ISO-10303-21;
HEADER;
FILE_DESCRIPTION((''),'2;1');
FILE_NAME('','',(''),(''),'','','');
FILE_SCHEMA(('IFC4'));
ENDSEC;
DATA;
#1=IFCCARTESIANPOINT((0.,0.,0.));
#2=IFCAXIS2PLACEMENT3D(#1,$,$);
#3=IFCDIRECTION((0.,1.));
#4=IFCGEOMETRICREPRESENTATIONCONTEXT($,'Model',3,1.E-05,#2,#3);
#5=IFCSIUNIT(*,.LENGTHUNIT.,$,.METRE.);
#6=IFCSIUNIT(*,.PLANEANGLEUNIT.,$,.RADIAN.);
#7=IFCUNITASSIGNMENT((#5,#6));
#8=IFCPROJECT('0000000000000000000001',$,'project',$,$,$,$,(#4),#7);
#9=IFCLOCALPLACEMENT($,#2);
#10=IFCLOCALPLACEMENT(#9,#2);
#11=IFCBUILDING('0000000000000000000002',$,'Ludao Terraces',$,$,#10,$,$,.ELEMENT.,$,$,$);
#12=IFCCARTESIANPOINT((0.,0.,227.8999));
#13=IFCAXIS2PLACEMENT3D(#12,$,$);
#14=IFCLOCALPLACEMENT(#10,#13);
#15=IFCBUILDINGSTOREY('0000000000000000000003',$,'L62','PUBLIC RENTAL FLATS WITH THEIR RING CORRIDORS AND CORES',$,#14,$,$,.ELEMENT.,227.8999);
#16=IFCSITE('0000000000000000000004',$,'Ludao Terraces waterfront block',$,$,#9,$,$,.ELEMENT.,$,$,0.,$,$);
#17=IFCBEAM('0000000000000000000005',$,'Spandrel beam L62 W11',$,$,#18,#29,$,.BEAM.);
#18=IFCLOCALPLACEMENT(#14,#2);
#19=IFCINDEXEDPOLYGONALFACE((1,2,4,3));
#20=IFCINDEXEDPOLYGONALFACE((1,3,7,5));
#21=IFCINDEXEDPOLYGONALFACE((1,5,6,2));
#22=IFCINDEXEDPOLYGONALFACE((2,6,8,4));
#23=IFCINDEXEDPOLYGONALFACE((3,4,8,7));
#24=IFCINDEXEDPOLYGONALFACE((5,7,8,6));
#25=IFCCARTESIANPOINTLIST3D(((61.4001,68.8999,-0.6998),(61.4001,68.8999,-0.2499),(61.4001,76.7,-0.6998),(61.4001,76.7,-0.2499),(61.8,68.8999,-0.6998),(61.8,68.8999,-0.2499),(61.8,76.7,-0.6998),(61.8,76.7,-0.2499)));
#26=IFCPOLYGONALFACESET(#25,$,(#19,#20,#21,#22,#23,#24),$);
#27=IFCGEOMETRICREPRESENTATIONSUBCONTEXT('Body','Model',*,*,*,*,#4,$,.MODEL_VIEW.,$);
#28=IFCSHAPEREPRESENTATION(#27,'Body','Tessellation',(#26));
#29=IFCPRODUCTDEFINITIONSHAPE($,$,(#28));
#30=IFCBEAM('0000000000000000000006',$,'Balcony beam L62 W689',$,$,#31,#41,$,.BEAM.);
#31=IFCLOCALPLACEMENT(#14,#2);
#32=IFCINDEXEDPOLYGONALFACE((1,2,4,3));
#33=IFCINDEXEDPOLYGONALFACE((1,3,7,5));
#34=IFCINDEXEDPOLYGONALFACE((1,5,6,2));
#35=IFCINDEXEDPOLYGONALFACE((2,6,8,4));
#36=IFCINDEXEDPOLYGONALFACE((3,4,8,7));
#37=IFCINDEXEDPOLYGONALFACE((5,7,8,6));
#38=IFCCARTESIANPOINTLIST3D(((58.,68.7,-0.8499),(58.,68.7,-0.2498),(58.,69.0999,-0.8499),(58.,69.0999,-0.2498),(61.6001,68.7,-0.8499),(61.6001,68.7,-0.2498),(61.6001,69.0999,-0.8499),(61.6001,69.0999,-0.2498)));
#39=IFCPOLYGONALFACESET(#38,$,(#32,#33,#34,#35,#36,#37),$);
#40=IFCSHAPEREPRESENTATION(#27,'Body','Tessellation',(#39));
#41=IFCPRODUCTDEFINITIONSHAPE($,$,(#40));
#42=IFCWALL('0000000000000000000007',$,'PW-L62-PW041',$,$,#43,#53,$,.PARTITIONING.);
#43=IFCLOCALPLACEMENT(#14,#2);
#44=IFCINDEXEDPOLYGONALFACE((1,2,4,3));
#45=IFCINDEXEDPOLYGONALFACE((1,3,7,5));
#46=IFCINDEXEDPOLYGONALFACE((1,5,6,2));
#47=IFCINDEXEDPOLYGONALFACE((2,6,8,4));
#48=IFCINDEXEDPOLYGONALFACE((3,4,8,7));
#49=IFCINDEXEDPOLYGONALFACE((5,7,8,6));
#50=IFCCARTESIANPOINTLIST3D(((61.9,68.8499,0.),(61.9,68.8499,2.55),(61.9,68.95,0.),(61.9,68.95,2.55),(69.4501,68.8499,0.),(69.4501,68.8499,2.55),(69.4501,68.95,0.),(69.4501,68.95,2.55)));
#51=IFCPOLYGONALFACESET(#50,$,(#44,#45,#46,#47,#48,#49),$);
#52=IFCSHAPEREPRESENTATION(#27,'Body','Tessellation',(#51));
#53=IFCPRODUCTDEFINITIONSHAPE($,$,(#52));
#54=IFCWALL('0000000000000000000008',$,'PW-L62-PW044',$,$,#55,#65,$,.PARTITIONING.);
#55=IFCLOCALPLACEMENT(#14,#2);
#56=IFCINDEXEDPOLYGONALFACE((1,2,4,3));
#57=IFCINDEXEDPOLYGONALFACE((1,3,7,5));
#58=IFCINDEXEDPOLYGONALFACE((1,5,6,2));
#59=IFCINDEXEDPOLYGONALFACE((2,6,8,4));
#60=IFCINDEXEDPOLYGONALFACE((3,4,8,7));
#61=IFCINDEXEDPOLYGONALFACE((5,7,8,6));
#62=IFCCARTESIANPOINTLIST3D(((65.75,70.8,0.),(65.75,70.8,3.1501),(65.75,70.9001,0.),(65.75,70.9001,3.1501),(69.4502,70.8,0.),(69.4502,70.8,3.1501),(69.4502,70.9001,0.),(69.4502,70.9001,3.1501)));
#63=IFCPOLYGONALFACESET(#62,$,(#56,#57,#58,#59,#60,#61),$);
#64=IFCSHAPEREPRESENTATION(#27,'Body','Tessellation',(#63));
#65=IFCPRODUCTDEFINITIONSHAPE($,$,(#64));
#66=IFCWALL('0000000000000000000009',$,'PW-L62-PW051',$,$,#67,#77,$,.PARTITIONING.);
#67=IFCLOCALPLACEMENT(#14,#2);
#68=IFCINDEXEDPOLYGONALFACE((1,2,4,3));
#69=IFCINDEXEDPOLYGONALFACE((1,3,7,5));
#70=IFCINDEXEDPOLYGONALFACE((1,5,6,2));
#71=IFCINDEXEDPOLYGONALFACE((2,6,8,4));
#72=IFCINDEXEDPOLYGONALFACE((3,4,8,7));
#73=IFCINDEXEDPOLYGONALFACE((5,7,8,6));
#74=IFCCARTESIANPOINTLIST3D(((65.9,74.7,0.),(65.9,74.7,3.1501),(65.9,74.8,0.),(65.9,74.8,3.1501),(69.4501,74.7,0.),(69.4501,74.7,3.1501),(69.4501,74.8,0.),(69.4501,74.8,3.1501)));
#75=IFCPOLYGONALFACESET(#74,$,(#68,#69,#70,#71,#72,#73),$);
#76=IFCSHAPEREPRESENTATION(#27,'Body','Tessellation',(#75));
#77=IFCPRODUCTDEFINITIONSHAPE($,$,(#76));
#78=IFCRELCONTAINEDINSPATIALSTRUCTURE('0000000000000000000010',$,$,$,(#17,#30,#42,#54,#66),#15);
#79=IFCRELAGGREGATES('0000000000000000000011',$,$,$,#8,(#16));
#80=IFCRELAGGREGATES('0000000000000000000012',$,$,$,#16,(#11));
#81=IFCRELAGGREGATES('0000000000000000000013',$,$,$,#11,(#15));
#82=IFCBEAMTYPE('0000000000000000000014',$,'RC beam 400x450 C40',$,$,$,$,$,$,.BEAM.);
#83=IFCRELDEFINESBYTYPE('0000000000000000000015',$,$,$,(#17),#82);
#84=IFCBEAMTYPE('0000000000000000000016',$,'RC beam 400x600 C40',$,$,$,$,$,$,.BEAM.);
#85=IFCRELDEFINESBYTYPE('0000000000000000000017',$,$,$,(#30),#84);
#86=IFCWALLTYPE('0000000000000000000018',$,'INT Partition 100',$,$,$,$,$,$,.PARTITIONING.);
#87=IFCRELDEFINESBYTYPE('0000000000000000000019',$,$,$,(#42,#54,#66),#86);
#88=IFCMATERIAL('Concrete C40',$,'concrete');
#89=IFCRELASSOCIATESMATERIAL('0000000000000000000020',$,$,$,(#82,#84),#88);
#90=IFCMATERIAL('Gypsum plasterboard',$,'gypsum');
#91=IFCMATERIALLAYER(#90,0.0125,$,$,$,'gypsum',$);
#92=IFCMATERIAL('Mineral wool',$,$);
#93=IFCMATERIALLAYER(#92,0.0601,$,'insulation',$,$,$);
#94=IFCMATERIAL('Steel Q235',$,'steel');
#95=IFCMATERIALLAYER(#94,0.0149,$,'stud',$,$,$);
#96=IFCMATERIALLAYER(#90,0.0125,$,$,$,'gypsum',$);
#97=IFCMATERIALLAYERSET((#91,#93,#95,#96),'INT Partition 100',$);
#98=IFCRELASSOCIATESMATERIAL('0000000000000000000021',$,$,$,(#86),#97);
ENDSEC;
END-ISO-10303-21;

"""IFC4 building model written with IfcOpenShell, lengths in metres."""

from ifc_helpers import new_model, si_unit, direction, frame, frame_2d, origin, origin_2d, place, context, subcontext, project, spatial, rectangle, extrude, material, layer, layer_set, material_profile, profile_set, type_object, element, save


model = new_model("IFC4")

# Units and contexts
model_context = context("Model", 3, precision=1e-05, world=origin(), true_north=direction((0.0, 1.0)))
body_context = subcontext(model_context, "Body", "Model", "MODEL_VIEW")
ifc_project = project(units=[si_unit("LENGTHUNIT", "METRE"), si_unit("PLANEANGLEUNIT", "RADIAN")], contexts=[model_context])

# Site, building, storey
site_placement = place(None, origin())
site = spatial("IfcSite", under=ifc_project, at=site_placement, Name="Ludao Terraces waterfront block", CompositionType="ELEMENT", RefElevation=0.0)
building_placement = place(site_placement, origin())
building = spatial("IfcBuilding", under=site, at=building_placement, Name="Ludao Terraces", CompositionType="ELEMENT")
storey_placement = place(building_placement, frame((0.0, 0.0, 227.8999)))
storey = spatial("IfcBuildingStorey", under=building, at=storey_placement, Name="L62", Description="PUBLIC RENTAL FLATS WITH THEIR RING CORRIDORS AND CORES", CompositionType="ELEMENT", Elevation=227.8999)

# Beams
ifc_material_1 = material(Name="Concrete C40", Category="concrete")
ifc_material_profile_1 = material_profile(ifc_material_1, rectangle(XDim=0.3999, YDim=0.45, at=origin_2d()), Name="400 X 450")
ifc_profile_set_1 = profile_set([ifc_material_profile_1], Name="Concrete C40")
beam_type_1 = type_object("IfcBeamType", Name="RC beam 400x450 C40", PredefinedType="BEAM", material=ifc_profile_set_1)
beam_1_placement = place(storey_placement, frame((61.6001, 68.8999, -0.4749), z_axis=(0.0, 1.0, 0.0), x_axis=(-1.0, 0.0, 0.0)))
element("IfcBeam", 1, at=beam_1_placement, inside=storey, type_object=beam_type_1, Name="Spandrel beam L62 W11", PredefinedType="BEAM", context=body_context, shape_type="SweptSolid", body=[
    extrude(rectangle(XDim=0.3999, YDim=0.45, at=origin_2d()), origin(), (0.0, 0.0, 1.0), 7.8),
])
ifc_material_profile_2 = material_profile(ifc_material_1, rectangle(XDim=0.3999, YDim=0.6001, at=origin_2d()), Name="400 X 600")
ifc_profile_set_2 = profile_set([ifc_material_profile_2], Name="Concrete C40")
beam_type_2 = type_object("IfcBeamType", Name="RC beam 400x600 C40", PredefinedType="BEAM", material=ifc_profile_set_2)
beam_2_placement = place(storey_placement, frame((61.6001, 68.8999, -0.5498), z_axis=(-1.0, 0.0, 0.0), x_axis=(0.0, -1.0, 0.0)))
element("IfcBeam", 2, at=beam_2_placement, inside=storey, type_object=beam_type_2, Name="Balcony beam L62 W689", PredefinedType="BEAM", context=body_context, shape_type="SweptSolid", body=[
    extrude(rectangle(XDim=0.3999, YDim=0.6001, at=origin_2d()), origin(), (0.0, 0.0, 1.0), 3.6001),
])

# Shared definitions
ifc_material_2 = material(Name="Mineral wool")

# Walls
ifc_material_3 = material(Name="Gypsum plasterboard", Category="gypsum")
ifc_layer_1 = layer(ifc_material_3, 0.0125, Category="gypsum")
ifc_layer_2 = layer(ifc_material_2, 0.0601, Name="insulation")
ifc_material_4 = material(Name="Steel Q235", Category="steel")
ifc_layer_3 = layer(ifc_material_4, 0.0149, Name="stud")
ifc_layer_4 = layer(ifc_material_3, 0.0125, Category="gypsum")
ifc_layer_set_1 = layer_set([ifc_layer_1, ifc_layer_2, ifc_layer_3, ifc_layer_4], Name="INT Partition 100")
wall_type_1 = type_object("IfcWallType", Name="INT Partition 100", PredefinedType="PARTITIONING", material=ifc_layer_set_1)
wall_1_placement = place(storey_placement, frame((61.9001, 68.8999, 0.0), z_axis=(0.0, 0.0, 1.0), x_axis=(1.0, 0.0, 0.0)))
element("IfcWall", 3, at=wall_1_placement, inside=storey, type_object=wall_type_1, Name="PW-L62-PW041", PredefinedType="PARTITIONING", context=body_context, shape_type="SweptSolid", body=[
    extrude(rectangle(XDim=7.55, YDim=0.1001, at=frame_2d((3.7749, 0.0))), origin(), (0.0, 0.0, 1.0), 2.55),
])
wall_2_placement = place(storey_placement, frame((65.75, 70.8501, 0.0), z_axis=(0.0, 0.0, 1.0), x_axis=(1.0, 0.0, 0.0)))
element("IfcWall", 4, at=wall_2_placement, inside=storey, type_object=wall_type_1, Name="PW-L62-PW044", PredefinedType="PARTITIONING", context=body_context, shape_type="SweptSolid", body=[
    extrude(rectangle(XDim=3.7002, YDim=0.1001, at=frame_2d((1.8501, 0.0))), origin(), (0.0, 0.0, 1.0), 3.1501),
])
wall_3_placement = place(storey_placement, frame((65.9001, 74.75, 0.0), z_axis=(0.0, 0.0, 1.0), x_axis=(1.0, 0.0, 0.0)))
element("IfcWall", 5, at=wall_3_placement, inside=storey, type_object=wall_type_1, Name="PW-L62-PW051", PredefinedType="PARTITIONING", context=body_context, shape_type="SweptSolid", body=[
    extrude(rectangle(XDim=3.55, YDim=0.1001, at=frame_2d((1.7749, 0.0))), origin(), (0.0, 0.0, 1.0), 3.1501),
])

save(model, "model.ifc")
